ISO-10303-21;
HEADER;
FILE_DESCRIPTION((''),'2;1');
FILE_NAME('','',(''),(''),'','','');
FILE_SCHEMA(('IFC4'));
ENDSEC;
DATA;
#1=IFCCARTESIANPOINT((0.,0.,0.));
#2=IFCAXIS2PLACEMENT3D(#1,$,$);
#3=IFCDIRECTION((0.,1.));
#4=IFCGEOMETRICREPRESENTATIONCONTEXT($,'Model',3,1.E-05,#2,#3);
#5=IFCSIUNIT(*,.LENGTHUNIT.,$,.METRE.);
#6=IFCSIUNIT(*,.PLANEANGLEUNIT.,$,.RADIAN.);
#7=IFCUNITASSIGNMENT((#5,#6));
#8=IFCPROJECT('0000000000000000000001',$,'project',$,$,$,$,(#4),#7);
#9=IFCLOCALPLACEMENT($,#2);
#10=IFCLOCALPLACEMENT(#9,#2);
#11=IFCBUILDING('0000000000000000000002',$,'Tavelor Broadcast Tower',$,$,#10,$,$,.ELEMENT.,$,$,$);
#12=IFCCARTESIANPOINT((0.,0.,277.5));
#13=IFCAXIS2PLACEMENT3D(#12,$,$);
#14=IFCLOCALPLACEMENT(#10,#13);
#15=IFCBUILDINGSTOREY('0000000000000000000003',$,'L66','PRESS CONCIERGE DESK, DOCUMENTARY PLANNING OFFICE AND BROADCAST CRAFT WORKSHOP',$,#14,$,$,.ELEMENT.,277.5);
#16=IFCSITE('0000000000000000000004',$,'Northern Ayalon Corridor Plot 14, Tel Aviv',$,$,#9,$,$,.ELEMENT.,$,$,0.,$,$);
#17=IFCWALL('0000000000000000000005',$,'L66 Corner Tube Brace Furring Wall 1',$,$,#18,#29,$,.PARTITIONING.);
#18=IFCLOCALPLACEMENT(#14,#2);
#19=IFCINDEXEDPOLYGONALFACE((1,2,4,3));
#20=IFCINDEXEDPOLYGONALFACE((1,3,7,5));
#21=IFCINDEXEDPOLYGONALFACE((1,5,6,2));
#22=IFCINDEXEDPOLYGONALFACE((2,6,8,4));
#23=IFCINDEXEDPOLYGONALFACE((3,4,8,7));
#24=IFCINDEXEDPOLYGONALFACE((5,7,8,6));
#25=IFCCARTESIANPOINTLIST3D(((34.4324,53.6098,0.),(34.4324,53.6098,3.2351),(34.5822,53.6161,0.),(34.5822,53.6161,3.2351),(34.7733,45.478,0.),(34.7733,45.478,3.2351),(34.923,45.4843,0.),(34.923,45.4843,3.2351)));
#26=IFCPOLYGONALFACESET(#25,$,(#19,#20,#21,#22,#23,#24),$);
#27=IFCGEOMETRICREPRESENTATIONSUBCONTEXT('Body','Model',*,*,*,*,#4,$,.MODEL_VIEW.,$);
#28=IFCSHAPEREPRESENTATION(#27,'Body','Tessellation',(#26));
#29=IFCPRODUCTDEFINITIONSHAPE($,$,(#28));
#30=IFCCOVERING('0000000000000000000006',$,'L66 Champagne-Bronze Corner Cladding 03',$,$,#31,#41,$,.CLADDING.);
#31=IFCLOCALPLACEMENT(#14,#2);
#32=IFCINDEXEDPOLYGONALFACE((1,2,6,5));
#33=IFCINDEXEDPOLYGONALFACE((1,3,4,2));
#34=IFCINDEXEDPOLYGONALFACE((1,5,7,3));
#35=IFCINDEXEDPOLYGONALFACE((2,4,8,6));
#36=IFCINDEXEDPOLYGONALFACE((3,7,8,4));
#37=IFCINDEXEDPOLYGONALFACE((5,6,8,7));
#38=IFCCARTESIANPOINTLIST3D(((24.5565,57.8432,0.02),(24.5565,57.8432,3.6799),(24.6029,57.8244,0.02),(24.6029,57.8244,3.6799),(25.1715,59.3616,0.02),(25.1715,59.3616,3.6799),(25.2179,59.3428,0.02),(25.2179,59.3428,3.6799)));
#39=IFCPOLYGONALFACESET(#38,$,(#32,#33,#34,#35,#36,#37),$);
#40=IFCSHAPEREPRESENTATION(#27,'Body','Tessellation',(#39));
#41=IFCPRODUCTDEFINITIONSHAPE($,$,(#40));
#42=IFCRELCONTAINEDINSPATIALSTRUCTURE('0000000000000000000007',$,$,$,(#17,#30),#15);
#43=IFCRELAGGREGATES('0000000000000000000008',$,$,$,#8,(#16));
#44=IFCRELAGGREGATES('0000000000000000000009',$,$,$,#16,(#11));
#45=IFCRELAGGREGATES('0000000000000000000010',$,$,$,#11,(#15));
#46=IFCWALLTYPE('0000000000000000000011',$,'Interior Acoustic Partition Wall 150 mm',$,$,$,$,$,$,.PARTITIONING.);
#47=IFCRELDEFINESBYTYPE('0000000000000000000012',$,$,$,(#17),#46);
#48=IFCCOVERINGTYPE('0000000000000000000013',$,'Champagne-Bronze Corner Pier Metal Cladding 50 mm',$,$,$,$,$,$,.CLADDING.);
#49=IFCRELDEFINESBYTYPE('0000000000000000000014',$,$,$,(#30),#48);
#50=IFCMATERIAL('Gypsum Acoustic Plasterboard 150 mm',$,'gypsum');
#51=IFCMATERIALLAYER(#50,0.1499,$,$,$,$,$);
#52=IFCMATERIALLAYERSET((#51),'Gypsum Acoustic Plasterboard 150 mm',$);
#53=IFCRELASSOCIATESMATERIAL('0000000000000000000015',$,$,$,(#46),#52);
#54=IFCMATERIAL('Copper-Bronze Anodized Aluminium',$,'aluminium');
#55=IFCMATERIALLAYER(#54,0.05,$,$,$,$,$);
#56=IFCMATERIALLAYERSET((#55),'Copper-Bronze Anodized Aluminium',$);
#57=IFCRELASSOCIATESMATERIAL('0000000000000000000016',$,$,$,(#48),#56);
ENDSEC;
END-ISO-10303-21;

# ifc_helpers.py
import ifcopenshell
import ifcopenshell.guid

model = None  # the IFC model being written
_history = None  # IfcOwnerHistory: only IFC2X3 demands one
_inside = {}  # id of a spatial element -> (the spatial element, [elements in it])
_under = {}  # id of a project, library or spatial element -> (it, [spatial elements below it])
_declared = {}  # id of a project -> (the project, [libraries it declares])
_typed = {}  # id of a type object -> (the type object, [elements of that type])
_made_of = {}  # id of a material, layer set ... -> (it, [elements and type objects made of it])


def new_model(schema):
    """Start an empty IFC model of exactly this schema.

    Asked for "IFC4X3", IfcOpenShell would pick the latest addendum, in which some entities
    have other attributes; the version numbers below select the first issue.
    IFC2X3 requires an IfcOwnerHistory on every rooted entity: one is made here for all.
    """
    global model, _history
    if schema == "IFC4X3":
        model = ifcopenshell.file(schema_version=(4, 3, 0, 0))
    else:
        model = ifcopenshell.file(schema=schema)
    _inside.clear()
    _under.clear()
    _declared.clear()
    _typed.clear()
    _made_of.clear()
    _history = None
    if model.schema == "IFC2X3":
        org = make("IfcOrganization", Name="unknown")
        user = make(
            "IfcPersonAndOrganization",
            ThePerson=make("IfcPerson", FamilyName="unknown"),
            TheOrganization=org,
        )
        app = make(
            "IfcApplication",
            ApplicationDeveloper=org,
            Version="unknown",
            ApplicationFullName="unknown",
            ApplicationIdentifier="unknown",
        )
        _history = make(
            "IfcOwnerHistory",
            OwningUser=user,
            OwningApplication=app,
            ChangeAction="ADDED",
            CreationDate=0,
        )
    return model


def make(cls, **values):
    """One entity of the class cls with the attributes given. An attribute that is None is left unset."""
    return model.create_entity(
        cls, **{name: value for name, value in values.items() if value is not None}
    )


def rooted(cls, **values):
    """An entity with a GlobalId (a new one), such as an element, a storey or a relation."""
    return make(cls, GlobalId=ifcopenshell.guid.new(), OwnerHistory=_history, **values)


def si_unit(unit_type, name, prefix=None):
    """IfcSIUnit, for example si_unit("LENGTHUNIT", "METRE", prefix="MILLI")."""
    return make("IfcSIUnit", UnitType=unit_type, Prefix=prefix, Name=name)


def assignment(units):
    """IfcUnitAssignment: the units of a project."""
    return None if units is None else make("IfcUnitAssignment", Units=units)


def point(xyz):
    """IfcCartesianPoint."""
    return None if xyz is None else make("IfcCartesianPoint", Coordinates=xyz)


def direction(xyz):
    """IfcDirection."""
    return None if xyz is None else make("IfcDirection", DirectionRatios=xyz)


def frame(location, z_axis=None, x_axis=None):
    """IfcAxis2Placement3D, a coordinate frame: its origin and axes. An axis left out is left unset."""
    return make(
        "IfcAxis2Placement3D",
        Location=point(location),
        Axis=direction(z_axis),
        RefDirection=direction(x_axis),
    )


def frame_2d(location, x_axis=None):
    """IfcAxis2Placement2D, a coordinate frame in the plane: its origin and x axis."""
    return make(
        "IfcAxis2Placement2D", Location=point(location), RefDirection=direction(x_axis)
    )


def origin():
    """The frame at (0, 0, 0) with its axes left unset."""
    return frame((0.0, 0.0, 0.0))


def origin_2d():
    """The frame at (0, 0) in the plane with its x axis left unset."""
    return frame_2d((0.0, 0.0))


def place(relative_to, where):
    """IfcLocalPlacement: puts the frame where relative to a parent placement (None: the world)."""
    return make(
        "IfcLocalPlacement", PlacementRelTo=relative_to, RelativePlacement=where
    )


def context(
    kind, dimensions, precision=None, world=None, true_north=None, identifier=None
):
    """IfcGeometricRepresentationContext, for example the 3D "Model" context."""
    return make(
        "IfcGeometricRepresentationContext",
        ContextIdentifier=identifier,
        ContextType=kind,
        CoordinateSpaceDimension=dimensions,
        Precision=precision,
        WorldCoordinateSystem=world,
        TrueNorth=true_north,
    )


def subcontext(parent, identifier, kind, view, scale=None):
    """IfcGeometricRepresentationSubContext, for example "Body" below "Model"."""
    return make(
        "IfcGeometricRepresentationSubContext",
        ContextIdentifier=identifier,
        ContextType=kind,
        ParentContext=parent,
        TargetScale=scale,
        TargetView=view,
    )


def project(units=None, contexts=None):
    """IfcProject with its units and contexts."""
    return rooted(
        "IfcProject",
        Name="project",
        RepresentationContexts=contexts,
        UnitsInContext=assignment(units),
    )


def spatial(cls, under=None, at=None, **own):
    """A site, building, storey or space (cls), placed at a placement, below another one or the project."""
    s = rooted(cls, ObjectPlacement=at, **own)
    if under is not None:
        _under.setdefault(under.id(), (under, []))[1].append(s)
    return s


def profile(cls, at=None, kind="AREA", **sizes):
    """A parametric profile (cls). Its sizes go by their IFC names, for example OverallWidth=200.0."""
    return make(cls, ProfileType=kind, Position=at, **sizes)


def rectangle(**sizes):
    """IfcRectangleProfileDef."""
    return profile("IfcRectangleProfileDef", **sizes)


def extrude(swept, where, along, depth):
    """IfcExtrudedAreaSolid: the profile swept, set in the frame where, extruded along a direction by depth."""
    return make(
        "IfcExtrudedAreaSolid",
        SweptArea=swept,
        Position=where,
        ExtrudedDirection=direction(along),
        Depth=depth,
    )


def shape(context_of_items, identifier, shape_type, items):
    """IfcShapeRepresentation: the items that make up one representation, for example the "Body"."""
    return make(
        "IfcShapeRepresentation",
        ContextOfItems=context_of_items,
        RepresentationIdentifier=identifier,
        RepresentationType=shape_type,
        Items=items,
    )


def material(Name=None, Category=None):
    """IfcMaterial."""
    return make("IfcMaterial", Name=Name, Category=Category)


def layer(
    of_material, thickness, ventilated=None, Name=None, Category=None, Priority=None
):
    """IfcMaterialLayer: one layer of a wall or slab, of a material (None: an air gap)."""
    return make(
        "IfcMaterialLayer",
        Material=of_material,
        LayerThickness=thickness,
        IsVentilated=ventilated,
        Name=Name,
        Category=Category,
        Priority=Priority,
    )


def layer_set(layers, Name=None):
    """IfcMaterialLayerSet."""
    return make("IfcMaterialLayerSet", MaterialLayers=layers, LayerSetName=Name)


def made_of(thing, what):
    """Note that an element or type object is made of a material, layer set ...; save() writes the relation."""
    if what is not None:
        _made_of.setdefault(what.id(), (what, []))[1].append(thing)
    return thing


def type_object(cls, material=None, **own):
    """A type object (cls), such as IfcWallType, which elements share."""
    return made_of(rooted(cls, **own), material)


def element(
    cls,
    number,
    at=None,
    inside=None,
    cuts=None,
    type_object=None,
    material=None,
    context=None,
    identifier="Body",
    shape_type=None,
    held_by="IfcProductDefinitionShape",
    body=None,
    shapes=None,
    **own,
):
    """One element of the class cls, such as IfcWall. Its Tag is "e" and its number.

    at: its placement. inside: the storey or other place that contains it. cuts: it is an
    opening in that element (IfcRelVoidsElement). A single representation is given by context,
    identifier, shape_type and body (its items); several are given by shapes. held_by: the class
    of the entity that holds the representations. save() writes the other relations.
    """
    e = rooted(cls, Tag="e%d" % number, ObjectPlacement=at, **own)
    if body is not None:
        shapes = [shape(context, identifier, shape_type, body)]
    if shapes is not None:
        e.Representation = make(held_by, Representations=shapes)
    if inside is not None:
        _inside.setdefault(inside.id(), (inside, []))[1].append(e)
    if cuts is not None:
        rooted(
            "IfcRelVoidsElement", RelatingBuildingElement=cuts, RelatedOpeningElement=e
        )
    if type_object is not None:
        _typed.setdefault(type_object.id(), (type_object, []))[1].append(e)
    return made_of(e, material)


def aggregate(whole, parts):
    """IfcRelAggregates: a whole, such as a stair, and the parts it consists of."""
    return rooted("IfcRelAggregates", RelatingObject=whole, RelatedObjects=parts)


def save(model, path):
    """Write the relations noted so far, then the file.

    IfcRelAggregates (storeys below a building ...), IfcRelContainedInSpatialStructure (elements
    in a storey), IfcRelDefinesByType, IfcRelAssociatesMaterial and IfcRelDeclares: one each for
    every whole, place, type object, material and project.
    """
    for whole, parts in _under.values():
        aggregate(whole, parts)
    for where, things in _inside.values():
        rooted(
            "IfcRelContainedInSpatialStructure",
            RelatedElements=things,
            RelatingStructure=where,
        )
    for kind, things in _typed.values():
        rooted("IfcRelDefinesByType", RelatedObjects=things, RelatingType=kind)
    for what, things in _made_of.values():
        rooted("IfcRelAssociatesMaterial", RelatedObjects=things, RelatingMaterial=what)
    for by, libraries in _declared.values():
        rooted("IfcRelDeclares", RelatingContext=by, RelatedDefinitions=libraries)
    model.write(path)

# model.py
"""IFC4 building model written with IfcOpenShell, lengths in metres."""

from ifc_helpers import new_model, si_unit, direction, frame, frame_2d, origin, origin_2d, place, context, subcontext, project, spatial, rectangle, extrude, material, layer, layer_set, type_object, element, save


model = new_model("IFC4")

# Units and contexts
model_context = context("Model", 3, precision=1e-05, world=origin(), true_north=direction((0.0, 1.0)))
body_context = subcontext(model_context, "Body", "Model", "MODEL_VIEW")
ifc_project = project(units=[si_unit("LENGTHUNIT", "METRE"), si_unit("PLANEANGLEUNIT", "RADIAN")], contexts=[model_context])

# Site, building, storey
site_placement = place(None, origin())
site = spatial("IfcSite", under=ifc_project, at=site_placement, Name="Northern Ayalon Corridor Plot 14, Tel Aviv", CompositionType="ELEMENT", RefElevation=0.0)
building_placement = place(site_placement, origin())
building = spatial("IfcBuilding", under=site, at=building_placement, Name="Tavelor Broadcast Tower", CompositionType="ELEMENT")
storey_placement = place(building_placement, frame((0.0, 0.0, 277.5)))
storey = spatial("IfcBuildingStorey", under=building, at=storey_placement, Name="L66", Description="PRESS CONCIERGE DESK, DOCUMENTARY PLANNING OFFICE AND BROADCAST CRAFT WORKSHOP", CompositionType="ELEMENT", Elevation=277.5)

# Wall
ifc_material_1 = material(Name="Gypsum Acoustic Plasterboard 150 mm", Category="gypsum")
ifc_layer_1 = layer(ifc_material_1, 0.1499)
ifc_layer_set_1 = layer_set([ifc_layer_1], Name="Gypsum Acoustic Plasterboard 150 mm")
wall_type_1 = type_object("IfcWallType", Name="Interior Acoustic Partition Wall 150 mm", PredefinedType="PARTITIONING", material=ifc_layer_set_1)
wall_1_placement = place(storey_placement, frame((34.5073, 53.6128, 0.0), z_axis=(0.0, 0.0, 1.0), x_axis=(0.041875, -0.999123, 0.0)))
element("IfcWall", 1, at=wall_1_placement, inside=storey, type_object=wall_type_1, Name="L66 Corner Tube Brace Furring Wall 1", PredefinedType="PARTITIONING", context=body_context, shape_type="SweptSolid", body=[
    extrude(rectangle(XDim=8.1389, YDim=0.1499, at=frame_2d((4.0693, 0.0))), origin(), (0.0, 0.0, 1.0), 3.2351),
])

# Covering
ifc_material_2 = material(Name="Copper-Bronze Anodized Aluminium", Category="aluminium")
ifc_layer_2 = layer(ifc_material_2, 0.05)
ifc_layer_set_2 = layer_set([ifc_layer_2], Name="Copper-Bronze Anodized Aluminium")
covering_type = type_object("IfcCoveringType", Name="Champagne-Bronze Corner Pier Metal Cladding 50 mm", PredefinedType="CLADDING", material=ifc_layer_set_2)
covering_placement = place(storey_placement, frame((24.8872, 58.593, 0.02), z_axis=(0.0, 0.0, 1.0), x_axis=(-0.375416, -0.926857, 0.0)))
element("IfcCovering", 2, at=covering_placement, inside=storey, type_object=covering_type, Name="L66 Champagne-Bronze Corner Cladding 03", PredefinedType="CLADDING", context=body_context, shape_type="SweptSolid", body=[
    extrude(rectangle(XDim=1.6382, YDim=0.05, at=origin_2d()), origin(), (0.0, 0.0, 1.0), 3.6599),
])

save(model, "model.ifc")
